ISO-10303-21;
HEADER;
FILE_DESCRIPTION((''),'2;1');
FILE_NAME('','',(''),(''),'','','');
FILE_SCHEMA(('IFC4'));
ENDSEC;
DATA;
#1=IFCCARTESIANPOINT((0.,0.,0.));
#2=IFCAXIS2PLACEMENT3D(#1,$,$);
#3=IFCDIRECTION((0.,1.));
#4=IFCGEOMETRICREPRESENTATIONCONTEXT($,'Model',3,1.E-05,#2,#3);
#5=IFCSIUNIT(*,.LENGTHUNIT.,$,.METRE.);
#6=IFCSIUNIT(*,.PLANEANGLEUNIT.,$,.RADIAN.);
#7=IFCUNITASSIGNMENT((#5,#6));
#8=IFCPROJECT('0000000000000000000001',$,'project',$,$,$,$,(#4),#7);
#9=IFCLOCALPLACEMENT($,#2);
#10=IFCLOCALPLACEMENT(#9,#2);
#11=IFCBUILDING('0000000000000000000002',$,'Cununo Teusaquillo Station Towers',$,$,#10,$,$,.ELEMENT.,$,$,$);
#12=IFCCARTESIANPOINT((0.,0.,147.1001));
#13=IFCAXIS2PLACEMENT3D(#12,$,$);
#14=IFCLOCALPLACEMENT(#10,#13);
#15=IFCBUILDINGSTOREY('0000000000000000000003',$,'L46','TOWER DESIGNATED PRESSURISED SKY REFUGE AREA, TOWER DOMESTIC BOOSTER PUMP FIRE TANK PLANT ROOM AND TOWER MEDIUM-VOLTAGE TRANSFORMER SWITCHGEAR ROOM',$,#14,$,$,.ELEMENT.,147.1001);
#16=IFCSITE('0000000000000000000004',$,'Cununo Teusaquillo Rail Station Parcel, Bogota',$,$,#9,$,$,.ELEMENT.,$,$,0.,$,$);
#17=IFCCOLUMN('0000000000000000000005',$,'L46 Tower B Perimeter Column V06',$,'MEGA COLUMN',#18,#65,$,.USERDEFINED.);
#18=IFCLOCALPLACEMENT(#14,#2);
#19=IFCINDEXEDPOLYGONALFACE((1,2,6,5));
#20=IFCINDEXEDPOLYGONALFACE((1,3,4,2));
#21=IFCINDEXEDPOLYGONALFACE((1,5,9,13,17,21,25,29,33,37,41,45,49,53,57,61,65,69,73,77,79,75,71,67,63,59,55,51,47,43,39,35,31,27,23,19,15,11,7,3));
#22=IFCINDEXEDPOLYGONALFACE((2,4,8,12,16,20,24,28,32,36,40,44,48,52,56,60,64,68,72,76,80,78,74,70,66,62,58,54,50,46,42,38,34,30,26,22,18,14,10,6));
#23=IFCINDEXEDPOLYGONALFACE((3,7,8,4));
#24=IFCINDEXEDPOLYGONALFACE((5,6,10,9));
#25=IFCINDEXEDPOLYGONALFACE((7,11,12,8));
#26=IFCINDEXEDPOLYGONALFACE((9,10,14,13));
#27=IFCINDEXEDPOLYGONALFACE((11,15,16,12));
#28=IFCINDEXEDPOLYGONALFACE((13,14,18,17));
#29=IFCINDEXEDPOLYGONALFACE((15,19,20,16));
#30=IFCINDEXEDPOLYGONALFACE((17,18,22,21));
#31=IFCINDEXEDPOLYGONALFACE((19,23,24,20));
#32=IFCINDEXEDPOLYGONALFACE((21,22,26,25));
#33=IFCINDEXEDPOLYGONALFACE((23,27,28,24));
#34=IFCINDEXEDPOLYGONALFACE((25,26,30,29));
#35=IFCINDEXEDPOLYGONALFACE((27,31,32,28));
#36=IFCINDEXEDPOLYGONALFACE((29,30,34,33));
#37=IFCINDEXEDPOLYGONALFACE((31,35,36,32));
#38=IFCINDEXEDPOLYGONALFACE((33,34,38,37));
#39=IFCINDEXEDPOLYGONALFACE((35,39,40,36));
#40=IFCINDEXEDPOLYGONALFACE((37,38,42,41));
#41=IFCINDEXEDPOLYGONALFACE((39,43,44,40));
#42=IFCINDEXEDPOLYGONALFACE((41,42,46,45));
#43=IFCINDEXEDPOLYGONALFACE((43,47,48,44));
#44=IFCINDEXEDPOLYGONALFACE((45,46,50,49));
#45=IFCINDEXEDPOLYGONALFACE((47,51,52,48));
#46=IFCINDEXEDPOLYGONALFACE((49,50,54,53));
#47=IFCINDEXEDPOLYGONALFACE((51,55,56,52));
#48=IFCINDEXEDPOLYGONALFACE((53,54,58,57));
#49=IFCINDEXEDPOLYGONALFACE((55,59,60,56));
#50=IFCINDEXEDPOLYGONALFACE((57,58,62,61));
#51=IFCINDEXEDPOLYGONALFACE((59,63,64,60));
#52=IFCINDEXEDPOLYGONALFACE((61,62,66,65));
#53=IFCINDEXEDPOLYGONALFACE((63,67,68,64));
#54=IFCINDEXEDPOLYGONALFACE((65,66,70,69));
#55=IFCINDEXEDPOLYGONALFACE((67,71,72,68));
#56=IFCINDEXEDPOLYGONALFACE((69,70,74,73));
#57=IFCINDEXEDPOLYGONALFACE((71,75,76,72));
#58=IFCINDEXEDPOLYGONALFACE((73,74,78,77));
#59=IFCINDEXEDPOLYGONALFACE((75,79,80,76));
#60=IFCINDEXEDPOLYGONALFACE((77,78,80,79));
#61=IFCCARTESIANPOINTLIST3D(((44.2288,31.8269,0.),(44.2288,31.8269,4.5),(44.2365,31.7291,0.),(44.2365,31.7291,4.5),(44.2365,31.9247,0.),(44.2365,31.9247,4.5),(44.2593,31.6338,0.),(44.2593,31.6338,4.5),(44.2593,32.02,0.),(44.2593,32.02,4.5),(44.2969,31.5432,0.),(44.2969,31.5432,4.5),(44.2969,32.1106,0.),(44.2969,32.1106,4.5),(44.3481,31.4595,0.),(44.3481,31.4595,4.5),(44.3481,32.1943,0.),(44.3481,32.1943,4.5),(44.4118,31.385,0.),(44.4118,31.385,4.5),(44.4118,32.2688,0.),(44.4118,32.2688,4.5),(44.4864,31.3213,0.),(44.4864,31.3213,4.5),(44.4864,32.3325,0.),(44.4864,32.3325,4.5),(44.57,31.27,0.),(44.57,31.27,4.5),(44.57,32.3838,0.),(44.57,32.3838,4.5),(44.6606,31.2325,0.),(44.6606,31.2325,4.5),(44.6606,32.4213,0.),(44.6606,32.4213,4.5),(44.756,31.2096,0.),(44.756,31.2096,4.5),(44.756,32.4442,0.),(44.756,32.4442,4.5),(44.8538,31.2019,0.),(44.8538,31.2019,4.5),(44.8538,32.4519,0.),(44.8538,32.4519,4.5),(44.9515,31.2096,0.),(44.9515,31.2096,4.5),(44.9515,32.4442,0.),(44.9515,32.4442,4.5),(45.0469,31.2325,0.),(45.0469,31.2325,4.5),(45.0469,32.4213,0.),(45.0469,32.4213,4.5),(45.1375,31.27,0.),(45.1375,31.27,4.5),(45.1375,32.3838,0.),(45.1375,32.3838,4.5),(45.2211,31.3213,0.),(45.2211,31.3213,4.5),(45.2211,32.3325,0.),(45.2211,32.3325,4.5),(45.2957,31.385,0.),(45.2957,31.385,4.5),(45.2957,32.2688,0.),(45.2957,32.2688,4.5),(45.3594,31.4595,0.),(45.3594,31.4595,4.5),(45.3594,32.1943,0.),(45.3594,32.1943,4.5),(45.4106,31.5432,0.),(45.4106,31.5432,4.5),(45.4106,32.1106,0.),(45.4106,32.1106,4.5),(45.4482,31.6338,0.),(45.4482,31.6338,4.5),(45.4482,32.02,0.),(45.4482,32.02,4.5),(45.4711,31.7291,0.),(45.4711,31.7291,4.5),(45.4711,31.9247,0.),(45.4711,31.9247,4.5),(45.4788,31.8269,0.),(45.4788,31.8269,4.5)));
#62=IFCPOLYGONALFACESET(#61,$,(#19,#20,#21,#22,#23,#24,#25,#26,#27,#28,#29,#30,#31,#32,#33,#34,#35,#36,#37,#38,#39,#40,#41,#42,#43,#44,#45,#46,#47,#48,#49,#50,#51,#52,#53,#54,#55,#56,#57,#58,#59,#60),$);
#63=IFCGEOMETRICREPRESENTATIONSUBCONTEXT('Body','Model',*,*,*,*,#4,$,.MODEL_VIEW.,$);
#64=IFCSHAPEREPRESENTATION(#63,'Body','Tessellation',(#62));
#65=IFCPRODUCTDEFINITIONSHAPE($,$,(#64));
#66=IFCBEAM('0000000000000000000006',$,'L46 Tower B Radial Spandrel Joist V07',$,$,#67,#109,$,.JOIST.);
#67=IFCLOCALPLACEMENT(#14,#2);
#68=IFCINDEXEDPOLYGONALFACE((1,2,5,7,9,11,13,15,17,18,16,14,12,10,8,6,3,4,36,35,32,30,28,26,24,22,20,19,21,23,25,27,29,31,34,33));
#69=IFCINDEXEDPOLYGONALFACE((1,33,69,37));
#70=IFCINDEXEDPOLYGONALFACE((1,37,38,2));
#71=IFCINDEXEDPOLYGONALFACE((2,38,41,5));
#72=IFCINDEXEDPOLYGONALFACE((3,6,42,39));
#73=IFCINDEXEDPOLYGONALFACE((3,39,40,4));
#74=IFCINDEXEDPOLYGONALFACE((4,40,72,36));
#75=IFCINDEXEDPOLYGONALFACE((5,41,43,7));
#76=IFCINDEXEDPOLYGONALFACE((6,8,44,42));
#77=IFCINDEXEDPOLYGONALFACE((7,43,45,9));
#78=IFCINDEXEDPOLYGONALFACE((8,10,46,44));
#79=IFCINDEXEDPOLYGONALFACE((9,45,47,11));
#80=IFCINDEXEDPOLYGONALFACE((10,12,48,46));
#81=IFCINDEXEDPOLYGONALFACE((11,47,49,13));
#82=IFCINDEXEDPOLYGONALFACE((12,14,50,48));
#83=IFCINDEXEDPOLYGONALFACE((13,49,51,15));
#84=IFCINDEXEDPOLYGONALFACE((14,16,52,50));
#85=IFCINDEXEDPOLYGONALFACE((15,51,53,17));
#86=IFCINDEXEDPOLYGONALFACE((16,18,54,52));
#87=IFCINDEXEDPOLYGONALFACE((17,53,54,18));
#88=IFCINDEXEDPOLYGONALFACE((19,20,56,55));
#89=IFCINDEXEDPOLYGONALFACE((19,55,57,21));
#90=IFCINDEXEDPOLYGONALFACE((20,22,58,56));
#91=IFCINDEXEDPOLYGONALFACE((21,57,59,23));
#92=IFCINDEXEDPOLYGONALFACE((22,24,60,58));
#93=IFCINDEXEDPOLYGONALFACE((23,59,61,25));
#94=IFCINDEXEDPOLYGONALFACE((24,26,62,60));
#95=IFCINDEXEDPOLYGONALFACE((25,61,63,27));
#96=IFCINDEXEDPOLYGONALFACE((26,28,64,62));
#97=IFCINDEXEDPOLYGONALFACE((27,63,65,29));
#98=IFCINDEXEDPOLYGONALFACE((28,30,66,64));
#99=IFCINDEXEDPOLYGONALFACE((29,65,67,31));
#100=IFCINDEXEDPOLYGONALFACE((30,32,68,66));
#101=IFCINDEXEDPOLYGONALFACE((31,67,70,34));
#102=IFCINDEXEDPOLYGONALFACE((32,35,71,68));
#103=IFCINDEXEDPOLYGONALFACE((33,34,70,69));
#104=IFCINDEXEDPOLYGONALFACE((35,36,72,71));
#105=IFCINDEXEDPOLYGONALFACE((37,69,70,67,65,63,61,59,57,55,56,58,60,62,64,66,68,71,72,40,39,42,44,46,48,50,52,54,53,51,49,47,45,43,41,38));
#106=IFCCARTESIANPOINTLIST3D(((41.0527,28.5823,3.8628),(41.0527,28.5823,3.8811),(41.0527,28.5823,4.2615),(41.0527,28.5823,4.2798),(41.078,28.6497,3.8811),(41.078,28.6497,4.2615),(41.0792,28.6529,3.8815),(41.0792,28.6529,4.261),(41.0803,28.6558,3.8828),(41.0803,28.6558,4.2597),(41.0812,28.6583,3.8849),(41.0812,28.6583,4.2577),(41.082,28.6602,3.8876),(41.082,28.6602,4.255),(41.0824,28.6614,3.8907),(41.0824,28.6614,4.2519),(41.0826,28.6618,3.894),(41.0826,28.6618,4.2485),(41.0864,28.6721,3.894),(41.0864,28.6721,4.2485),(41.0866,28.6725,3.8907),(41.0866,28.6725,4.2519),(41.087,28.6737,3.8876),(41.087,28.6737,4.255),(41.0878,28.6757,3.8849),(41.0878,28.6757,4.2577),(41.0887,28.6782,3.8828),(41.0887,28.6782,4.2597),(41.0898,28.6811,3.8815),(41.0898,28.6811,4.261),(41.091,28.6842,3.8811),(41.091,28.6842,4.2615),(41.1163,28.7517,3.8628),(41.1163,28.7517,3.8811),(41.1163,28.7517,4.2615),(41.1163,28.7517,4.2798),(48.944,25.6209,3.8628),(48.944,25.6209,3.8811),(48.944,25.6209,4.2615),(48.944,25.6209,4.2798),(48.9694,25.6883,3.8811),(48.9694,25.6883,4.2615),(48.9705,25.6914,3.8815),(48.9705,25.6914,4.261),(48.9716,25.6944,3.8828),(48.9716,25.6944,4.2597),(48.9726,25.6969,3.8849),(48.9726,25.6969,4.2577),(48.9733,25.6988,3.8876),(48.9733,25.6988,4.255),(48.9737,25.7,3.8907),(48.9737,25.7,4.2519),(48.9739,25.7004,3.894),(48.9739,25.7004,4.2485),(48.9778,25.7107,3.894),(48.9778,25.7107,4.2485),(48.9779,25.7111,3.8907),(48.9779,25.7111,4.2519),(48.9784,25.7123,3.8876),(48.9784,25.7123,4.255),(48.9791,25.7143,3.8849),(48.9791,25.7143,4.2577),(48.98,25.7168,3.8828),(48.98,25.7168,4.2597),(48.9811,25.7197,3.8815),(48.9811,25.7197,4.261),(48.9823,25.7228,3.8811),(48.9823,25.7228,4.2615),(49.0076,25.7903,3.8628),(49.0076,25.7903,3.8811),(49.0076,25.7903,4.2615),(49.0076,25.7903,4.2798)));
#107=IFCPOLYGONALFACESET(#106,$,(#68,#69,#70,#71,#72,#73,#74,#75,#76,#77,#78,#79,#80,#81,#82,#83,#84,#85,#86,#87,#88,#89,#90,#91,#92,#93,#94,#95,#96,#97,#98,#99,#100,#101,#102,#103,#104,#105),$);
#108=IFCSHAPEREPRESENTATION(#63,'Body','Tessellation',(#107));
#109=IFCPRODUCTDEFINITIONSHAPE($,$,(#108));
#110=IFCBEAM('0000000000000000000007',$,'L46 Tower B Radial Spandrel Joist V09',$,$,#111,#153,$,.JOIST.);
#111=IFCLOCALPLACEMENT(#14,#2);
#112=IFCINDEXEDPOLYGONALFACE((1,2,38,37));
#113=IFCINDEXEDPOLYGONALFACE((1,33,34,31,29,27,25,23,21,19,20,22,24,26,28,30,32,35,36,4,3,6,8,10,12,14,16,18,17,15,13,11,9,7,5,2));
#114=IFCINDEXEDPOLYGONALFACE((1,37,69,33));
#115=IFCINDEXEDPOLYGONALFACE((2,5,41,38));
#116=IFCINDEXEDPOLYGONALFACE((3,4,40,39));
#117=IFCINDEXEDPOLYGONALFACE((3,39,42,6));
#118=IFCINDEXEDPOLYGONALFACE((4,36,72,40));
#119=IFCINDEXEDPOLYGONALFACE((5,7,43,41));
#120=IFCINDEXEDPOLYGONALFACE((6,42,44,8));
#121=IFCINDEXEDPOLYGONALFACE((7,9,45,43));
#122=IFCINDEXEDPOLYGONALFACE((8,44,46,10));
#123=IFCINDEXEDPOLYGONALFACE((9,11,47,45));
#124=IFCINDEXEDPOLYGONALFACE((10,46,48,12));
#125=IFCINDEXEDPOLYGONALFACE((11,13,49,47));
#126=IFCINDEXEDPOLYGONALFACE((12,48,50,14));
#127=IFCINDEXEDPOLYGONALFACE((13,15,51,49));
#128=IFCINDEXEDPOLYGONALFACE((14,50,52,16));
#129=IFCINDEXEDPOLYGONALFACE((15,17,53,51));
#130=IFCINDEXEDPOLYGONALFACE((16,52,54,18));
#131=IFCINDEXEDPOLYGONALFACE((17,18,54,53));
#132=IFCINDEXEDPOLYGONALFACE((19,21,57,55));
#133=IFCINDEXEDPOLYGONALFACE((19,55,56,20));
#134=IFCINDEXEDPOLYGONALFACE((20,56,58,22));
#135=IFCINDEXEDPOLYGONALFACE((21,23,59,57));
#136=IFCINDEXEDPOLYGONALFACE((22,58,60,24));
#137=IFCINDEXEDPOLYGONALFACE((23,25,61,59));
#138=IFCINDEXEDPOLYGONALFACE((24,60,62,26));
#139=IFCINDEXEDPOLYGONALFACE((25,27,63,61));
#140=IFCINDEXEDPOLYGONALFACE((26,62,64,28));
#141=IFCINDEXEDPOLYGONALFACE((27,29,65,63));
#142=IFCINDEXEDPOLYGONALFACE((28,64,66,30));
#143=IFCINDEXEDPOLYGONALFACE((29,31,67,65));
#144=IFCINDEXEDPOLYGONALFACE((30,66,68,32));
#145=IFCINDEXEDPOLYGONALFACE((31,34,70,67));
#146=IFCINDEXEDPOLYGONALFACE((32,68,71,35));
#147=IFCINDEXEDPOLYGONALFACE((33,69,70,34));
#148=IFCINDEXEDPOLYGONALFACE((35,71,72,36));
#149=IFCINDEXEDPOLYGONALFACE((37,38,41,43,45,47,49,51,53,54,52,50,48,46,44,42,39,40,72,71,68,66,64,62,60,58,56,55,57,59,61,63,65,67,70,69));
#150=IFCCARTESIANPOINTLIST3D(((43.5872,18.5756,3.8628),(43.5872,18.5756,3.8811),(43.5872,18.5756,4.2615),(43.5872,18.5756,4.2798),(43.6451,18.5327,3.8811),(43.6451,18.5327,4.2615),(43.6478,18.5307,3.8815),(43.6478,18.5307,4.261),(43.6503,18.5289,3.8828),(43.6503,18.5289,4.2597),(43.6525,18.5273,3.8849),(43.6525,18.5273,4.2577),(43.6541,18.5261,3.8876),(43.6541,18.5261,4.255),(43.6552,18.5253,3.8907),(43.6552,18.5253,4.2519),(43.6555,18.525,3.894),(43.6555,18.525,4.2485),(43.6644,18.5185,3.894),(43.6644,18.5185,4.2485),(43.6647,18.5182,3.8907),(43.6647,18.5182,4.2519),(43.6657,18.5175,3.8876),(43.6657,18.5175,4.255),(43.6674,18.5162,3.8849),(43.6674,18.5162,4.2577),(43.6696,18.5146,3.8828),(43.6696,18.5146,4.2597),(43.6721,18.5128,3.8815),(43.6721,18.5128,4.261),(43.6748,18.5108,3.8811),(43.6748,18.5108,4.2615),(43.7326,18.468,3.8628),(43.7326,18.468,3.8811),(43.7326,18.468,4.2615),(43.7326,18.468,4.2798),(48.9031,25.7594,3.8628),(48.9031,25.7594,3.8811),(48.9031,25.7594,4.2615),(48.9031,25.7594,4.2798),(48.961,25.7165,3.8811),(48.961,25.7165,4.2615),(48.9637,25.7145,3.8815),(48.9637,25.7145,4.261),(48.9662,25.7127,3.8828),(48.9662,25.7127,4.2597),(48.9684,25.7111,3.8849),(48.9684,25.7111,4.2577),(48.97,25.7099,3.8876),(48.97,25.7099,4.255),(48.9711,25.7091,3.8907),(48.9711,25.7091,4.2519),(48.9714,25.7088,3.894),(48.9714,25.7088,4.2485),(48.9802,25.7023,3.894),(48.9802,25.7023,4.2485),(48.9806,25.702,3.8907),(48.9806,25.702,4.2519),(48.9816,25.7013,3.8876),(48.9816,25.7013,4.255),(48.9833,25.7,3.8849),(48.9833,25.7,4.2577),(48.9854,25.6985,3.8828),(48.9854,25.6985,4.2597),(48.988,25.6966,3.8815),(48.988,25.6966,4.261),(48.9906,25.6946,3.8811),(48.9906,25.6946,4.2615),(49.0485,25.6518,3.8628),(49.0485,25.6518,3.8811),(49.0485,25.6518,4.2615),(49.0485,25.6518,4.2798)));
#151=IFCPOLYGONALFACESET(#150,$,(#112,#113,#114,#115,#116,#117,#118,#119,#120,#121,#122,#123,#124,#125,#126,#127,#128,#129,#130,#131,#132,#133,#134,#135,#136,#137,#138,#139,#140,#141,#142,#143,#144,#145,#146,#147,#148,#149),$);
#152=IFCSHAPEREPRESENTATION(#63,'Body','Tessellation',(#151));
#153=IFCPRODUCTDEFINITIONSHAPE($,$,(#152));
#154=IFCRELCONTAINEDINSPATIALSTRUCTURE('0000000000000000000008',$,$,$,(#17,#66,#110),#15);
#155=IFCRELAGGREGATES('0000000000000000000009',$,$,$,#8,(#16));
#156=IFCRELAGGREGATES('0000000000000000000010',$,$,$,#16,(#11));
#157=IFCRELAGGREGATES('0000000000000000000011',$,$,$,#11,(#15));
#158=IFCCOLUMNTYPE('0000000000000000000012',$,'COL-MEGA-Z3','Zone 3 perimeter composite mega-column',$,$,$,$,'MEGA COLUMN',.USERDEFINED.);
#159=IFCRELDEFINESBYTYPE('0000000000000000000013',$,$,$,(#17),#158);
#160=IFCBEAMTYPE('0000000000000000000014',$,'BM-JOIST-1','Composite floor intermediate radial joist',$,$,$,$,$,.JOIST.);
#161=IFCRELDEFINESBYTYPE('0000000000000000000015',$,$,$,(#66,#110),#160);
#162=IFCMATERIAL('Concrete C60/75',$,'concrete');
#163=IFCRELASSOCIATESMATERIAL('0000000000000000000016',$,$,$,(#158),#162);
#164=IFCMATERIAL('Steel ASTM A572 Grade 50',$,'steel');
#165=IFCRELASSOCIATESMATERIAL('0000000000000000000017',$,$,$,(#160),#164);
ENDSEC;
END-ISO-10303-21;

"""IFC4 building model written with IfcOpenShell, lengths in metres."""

from ifc_helpers import new_model, si_unit, direction, frame, origin, origin_2d, place, context, subcontext, project, spatial, circle, i_section, extrude, material, material_profile, profile_set, type_object, element, save


model = new_model("IFC4")

# Units and contexts
model_context = context("Model", 3, precision=1e-05, world=origin(), true_north=direction((0.0, 1.0)))
body_context = subcontext(model_context, "Body", "Model", "MODEL_VIEW")
ifc_project = project(units=[si_unit("LENGTHUNIT", "METRE"), si_unit("PLANEANGLEUNIT", "RADIAN")], contexts=[model_context])

# Site, building, storey
site_placement = place(None, origin())
site = spatial("IfcSite", under=ifc_project, at=site_placement, Name="Cununo Teusaquillo Rail Station Parcel, Bogota", CompositionType="ELEMENT", RefElevation=0.0)
building_placement = place(site_placement, origin())
building = spatial("IfcBuilding", under=site, at=building_placement, Name="Cununo Teusaquillo Station Towers", CompositionType="ELEMENT")
storey_placement = place(building_placement, frame((0.0, 0.0, 147.1001)))
storey = spatial("IfcBuildingStorey", under=building, at=storey_placement, Name="L46", Description="TOWER DESIGNATED PRESSURISED SKY REFUGE AREA, TOWER DOMESTIC BOOSTER PUMP FIRE TANK PLANT ROOM AND TOWER MEDIUM-VOLTAGE TRANSFORMER SWITCHGEAR ROOM", CompositionType="ELEMENT", Elevation=147.1001)

# Column
ifc_material_1 = material(Name="Concrete C60/75", Category="concrete")
ifc_material_profile_1 = material_profile(ifc_material_1, circle(Radius=0.625, at=origin_2d()), Name="RC-CIRC-1250")
ifc_profile_set_1 = profile_set([ifc_material_profile_1], Name="Concrete C60/75")
column_type = type_object("IfcColumnType", Name="COL-MEGA-Z3", Description="Zone 3 perimeter composite mega-column", ElementType="MEGA COLUMN", PredefinedType="USERDEFINED", material=ifc_profile_set_1)
column_placement = place(storey_placement, frame((44.8538, 31.8269, 0.0), z_axis=(0.0, 0.0, 1.0), x_axis=(1.0, 0.0, 0.0)))
element("IfcColumn", 1, at=column_placement, inside=storey, type_object=column_type, Name="L46 Tower B Perimeter Column V06", ObjectType="MEGA COLUMN", PredefinedType="USERDEFINED", context=body_context, shape_type="SweptSolid", body=[
    extrude(circle(Radius=0.625, at=origin_2d()), origin(), (0.0, 0.0, 1.0), 4.5),
])

# Beams
ifc_material_2 = material(Name="Steel ASTM A572 Grade 50", Category="steel")
ifc_material_profile_2 = material_profile(ifc_material_2, i_section(OverallWidth=0.1809, OverallDepth=0.417, WebThickness=0.011, FlangeThickness=0.0183, FilletRadius=0.0129, at=origin_2d()), Name="W16X57")
ifc_profile_set_2 = profile_set([ifc_material_profile_2], Name="Steel ASTM A572 Grade 50")
beam_type_1 = type_object("IfcBeamType", Name="BM-JOIST-1", Description="Composite floor intermediate radial joist", PredefinedType="JOIST", material=ifc_profile_set_2)
beam_1_placement = place(storey_placement, frame((48.9758, 25.7056, 4.0713), z_axis=(-0.936245, 0.351349, 0.0), x_axis=(-0.351349, -0.936245, 0.0)))
element("IfcBeam", 2, at=beam_1_placement, inside=storey, type_object=beam_type_1, Name="L46 Tower B Radial Spandrel Joist V07", PredefinedType="JOIST", context=body_context, shape_type="SweptSolid", body=[
    extrude(i_section(OverallWidth=0.1809, OverallDepth=0.417, WebThickness=0.011, FlangeThickness=0.0183, FilletRadius=0.0129, at=origin_2d()), origin(), (0.0, 0.0, 1.0), 8.4287),
])
beam_2_placement = place(storey_placement, frame((48.9758, 25.7056, 4.0713), z_axis=(-0.594834, -0.803848, 0.0), x_axis=(0.803848, -0.594834, 0.0)))
element("IfcBeam", 3, at=beam_2_placement, inside=storey, type_object=beam_type_1, Name="L46 Tower B Radial Spandrel Joist V09", PredefinedType="JOIST", context=body_context, shape_type="SweptSolid", body=[
    extrude(i_section(OverallWidth=0.1809, OverallDepth=0.417, WebThickness=0.011, FlangeThickness=0.0183, FilletRadius=0.0129, at=origin_2d()), origin(), (0.0, 0.0, 1.0), 8.9368),
])

save(model, "model.ifc")
